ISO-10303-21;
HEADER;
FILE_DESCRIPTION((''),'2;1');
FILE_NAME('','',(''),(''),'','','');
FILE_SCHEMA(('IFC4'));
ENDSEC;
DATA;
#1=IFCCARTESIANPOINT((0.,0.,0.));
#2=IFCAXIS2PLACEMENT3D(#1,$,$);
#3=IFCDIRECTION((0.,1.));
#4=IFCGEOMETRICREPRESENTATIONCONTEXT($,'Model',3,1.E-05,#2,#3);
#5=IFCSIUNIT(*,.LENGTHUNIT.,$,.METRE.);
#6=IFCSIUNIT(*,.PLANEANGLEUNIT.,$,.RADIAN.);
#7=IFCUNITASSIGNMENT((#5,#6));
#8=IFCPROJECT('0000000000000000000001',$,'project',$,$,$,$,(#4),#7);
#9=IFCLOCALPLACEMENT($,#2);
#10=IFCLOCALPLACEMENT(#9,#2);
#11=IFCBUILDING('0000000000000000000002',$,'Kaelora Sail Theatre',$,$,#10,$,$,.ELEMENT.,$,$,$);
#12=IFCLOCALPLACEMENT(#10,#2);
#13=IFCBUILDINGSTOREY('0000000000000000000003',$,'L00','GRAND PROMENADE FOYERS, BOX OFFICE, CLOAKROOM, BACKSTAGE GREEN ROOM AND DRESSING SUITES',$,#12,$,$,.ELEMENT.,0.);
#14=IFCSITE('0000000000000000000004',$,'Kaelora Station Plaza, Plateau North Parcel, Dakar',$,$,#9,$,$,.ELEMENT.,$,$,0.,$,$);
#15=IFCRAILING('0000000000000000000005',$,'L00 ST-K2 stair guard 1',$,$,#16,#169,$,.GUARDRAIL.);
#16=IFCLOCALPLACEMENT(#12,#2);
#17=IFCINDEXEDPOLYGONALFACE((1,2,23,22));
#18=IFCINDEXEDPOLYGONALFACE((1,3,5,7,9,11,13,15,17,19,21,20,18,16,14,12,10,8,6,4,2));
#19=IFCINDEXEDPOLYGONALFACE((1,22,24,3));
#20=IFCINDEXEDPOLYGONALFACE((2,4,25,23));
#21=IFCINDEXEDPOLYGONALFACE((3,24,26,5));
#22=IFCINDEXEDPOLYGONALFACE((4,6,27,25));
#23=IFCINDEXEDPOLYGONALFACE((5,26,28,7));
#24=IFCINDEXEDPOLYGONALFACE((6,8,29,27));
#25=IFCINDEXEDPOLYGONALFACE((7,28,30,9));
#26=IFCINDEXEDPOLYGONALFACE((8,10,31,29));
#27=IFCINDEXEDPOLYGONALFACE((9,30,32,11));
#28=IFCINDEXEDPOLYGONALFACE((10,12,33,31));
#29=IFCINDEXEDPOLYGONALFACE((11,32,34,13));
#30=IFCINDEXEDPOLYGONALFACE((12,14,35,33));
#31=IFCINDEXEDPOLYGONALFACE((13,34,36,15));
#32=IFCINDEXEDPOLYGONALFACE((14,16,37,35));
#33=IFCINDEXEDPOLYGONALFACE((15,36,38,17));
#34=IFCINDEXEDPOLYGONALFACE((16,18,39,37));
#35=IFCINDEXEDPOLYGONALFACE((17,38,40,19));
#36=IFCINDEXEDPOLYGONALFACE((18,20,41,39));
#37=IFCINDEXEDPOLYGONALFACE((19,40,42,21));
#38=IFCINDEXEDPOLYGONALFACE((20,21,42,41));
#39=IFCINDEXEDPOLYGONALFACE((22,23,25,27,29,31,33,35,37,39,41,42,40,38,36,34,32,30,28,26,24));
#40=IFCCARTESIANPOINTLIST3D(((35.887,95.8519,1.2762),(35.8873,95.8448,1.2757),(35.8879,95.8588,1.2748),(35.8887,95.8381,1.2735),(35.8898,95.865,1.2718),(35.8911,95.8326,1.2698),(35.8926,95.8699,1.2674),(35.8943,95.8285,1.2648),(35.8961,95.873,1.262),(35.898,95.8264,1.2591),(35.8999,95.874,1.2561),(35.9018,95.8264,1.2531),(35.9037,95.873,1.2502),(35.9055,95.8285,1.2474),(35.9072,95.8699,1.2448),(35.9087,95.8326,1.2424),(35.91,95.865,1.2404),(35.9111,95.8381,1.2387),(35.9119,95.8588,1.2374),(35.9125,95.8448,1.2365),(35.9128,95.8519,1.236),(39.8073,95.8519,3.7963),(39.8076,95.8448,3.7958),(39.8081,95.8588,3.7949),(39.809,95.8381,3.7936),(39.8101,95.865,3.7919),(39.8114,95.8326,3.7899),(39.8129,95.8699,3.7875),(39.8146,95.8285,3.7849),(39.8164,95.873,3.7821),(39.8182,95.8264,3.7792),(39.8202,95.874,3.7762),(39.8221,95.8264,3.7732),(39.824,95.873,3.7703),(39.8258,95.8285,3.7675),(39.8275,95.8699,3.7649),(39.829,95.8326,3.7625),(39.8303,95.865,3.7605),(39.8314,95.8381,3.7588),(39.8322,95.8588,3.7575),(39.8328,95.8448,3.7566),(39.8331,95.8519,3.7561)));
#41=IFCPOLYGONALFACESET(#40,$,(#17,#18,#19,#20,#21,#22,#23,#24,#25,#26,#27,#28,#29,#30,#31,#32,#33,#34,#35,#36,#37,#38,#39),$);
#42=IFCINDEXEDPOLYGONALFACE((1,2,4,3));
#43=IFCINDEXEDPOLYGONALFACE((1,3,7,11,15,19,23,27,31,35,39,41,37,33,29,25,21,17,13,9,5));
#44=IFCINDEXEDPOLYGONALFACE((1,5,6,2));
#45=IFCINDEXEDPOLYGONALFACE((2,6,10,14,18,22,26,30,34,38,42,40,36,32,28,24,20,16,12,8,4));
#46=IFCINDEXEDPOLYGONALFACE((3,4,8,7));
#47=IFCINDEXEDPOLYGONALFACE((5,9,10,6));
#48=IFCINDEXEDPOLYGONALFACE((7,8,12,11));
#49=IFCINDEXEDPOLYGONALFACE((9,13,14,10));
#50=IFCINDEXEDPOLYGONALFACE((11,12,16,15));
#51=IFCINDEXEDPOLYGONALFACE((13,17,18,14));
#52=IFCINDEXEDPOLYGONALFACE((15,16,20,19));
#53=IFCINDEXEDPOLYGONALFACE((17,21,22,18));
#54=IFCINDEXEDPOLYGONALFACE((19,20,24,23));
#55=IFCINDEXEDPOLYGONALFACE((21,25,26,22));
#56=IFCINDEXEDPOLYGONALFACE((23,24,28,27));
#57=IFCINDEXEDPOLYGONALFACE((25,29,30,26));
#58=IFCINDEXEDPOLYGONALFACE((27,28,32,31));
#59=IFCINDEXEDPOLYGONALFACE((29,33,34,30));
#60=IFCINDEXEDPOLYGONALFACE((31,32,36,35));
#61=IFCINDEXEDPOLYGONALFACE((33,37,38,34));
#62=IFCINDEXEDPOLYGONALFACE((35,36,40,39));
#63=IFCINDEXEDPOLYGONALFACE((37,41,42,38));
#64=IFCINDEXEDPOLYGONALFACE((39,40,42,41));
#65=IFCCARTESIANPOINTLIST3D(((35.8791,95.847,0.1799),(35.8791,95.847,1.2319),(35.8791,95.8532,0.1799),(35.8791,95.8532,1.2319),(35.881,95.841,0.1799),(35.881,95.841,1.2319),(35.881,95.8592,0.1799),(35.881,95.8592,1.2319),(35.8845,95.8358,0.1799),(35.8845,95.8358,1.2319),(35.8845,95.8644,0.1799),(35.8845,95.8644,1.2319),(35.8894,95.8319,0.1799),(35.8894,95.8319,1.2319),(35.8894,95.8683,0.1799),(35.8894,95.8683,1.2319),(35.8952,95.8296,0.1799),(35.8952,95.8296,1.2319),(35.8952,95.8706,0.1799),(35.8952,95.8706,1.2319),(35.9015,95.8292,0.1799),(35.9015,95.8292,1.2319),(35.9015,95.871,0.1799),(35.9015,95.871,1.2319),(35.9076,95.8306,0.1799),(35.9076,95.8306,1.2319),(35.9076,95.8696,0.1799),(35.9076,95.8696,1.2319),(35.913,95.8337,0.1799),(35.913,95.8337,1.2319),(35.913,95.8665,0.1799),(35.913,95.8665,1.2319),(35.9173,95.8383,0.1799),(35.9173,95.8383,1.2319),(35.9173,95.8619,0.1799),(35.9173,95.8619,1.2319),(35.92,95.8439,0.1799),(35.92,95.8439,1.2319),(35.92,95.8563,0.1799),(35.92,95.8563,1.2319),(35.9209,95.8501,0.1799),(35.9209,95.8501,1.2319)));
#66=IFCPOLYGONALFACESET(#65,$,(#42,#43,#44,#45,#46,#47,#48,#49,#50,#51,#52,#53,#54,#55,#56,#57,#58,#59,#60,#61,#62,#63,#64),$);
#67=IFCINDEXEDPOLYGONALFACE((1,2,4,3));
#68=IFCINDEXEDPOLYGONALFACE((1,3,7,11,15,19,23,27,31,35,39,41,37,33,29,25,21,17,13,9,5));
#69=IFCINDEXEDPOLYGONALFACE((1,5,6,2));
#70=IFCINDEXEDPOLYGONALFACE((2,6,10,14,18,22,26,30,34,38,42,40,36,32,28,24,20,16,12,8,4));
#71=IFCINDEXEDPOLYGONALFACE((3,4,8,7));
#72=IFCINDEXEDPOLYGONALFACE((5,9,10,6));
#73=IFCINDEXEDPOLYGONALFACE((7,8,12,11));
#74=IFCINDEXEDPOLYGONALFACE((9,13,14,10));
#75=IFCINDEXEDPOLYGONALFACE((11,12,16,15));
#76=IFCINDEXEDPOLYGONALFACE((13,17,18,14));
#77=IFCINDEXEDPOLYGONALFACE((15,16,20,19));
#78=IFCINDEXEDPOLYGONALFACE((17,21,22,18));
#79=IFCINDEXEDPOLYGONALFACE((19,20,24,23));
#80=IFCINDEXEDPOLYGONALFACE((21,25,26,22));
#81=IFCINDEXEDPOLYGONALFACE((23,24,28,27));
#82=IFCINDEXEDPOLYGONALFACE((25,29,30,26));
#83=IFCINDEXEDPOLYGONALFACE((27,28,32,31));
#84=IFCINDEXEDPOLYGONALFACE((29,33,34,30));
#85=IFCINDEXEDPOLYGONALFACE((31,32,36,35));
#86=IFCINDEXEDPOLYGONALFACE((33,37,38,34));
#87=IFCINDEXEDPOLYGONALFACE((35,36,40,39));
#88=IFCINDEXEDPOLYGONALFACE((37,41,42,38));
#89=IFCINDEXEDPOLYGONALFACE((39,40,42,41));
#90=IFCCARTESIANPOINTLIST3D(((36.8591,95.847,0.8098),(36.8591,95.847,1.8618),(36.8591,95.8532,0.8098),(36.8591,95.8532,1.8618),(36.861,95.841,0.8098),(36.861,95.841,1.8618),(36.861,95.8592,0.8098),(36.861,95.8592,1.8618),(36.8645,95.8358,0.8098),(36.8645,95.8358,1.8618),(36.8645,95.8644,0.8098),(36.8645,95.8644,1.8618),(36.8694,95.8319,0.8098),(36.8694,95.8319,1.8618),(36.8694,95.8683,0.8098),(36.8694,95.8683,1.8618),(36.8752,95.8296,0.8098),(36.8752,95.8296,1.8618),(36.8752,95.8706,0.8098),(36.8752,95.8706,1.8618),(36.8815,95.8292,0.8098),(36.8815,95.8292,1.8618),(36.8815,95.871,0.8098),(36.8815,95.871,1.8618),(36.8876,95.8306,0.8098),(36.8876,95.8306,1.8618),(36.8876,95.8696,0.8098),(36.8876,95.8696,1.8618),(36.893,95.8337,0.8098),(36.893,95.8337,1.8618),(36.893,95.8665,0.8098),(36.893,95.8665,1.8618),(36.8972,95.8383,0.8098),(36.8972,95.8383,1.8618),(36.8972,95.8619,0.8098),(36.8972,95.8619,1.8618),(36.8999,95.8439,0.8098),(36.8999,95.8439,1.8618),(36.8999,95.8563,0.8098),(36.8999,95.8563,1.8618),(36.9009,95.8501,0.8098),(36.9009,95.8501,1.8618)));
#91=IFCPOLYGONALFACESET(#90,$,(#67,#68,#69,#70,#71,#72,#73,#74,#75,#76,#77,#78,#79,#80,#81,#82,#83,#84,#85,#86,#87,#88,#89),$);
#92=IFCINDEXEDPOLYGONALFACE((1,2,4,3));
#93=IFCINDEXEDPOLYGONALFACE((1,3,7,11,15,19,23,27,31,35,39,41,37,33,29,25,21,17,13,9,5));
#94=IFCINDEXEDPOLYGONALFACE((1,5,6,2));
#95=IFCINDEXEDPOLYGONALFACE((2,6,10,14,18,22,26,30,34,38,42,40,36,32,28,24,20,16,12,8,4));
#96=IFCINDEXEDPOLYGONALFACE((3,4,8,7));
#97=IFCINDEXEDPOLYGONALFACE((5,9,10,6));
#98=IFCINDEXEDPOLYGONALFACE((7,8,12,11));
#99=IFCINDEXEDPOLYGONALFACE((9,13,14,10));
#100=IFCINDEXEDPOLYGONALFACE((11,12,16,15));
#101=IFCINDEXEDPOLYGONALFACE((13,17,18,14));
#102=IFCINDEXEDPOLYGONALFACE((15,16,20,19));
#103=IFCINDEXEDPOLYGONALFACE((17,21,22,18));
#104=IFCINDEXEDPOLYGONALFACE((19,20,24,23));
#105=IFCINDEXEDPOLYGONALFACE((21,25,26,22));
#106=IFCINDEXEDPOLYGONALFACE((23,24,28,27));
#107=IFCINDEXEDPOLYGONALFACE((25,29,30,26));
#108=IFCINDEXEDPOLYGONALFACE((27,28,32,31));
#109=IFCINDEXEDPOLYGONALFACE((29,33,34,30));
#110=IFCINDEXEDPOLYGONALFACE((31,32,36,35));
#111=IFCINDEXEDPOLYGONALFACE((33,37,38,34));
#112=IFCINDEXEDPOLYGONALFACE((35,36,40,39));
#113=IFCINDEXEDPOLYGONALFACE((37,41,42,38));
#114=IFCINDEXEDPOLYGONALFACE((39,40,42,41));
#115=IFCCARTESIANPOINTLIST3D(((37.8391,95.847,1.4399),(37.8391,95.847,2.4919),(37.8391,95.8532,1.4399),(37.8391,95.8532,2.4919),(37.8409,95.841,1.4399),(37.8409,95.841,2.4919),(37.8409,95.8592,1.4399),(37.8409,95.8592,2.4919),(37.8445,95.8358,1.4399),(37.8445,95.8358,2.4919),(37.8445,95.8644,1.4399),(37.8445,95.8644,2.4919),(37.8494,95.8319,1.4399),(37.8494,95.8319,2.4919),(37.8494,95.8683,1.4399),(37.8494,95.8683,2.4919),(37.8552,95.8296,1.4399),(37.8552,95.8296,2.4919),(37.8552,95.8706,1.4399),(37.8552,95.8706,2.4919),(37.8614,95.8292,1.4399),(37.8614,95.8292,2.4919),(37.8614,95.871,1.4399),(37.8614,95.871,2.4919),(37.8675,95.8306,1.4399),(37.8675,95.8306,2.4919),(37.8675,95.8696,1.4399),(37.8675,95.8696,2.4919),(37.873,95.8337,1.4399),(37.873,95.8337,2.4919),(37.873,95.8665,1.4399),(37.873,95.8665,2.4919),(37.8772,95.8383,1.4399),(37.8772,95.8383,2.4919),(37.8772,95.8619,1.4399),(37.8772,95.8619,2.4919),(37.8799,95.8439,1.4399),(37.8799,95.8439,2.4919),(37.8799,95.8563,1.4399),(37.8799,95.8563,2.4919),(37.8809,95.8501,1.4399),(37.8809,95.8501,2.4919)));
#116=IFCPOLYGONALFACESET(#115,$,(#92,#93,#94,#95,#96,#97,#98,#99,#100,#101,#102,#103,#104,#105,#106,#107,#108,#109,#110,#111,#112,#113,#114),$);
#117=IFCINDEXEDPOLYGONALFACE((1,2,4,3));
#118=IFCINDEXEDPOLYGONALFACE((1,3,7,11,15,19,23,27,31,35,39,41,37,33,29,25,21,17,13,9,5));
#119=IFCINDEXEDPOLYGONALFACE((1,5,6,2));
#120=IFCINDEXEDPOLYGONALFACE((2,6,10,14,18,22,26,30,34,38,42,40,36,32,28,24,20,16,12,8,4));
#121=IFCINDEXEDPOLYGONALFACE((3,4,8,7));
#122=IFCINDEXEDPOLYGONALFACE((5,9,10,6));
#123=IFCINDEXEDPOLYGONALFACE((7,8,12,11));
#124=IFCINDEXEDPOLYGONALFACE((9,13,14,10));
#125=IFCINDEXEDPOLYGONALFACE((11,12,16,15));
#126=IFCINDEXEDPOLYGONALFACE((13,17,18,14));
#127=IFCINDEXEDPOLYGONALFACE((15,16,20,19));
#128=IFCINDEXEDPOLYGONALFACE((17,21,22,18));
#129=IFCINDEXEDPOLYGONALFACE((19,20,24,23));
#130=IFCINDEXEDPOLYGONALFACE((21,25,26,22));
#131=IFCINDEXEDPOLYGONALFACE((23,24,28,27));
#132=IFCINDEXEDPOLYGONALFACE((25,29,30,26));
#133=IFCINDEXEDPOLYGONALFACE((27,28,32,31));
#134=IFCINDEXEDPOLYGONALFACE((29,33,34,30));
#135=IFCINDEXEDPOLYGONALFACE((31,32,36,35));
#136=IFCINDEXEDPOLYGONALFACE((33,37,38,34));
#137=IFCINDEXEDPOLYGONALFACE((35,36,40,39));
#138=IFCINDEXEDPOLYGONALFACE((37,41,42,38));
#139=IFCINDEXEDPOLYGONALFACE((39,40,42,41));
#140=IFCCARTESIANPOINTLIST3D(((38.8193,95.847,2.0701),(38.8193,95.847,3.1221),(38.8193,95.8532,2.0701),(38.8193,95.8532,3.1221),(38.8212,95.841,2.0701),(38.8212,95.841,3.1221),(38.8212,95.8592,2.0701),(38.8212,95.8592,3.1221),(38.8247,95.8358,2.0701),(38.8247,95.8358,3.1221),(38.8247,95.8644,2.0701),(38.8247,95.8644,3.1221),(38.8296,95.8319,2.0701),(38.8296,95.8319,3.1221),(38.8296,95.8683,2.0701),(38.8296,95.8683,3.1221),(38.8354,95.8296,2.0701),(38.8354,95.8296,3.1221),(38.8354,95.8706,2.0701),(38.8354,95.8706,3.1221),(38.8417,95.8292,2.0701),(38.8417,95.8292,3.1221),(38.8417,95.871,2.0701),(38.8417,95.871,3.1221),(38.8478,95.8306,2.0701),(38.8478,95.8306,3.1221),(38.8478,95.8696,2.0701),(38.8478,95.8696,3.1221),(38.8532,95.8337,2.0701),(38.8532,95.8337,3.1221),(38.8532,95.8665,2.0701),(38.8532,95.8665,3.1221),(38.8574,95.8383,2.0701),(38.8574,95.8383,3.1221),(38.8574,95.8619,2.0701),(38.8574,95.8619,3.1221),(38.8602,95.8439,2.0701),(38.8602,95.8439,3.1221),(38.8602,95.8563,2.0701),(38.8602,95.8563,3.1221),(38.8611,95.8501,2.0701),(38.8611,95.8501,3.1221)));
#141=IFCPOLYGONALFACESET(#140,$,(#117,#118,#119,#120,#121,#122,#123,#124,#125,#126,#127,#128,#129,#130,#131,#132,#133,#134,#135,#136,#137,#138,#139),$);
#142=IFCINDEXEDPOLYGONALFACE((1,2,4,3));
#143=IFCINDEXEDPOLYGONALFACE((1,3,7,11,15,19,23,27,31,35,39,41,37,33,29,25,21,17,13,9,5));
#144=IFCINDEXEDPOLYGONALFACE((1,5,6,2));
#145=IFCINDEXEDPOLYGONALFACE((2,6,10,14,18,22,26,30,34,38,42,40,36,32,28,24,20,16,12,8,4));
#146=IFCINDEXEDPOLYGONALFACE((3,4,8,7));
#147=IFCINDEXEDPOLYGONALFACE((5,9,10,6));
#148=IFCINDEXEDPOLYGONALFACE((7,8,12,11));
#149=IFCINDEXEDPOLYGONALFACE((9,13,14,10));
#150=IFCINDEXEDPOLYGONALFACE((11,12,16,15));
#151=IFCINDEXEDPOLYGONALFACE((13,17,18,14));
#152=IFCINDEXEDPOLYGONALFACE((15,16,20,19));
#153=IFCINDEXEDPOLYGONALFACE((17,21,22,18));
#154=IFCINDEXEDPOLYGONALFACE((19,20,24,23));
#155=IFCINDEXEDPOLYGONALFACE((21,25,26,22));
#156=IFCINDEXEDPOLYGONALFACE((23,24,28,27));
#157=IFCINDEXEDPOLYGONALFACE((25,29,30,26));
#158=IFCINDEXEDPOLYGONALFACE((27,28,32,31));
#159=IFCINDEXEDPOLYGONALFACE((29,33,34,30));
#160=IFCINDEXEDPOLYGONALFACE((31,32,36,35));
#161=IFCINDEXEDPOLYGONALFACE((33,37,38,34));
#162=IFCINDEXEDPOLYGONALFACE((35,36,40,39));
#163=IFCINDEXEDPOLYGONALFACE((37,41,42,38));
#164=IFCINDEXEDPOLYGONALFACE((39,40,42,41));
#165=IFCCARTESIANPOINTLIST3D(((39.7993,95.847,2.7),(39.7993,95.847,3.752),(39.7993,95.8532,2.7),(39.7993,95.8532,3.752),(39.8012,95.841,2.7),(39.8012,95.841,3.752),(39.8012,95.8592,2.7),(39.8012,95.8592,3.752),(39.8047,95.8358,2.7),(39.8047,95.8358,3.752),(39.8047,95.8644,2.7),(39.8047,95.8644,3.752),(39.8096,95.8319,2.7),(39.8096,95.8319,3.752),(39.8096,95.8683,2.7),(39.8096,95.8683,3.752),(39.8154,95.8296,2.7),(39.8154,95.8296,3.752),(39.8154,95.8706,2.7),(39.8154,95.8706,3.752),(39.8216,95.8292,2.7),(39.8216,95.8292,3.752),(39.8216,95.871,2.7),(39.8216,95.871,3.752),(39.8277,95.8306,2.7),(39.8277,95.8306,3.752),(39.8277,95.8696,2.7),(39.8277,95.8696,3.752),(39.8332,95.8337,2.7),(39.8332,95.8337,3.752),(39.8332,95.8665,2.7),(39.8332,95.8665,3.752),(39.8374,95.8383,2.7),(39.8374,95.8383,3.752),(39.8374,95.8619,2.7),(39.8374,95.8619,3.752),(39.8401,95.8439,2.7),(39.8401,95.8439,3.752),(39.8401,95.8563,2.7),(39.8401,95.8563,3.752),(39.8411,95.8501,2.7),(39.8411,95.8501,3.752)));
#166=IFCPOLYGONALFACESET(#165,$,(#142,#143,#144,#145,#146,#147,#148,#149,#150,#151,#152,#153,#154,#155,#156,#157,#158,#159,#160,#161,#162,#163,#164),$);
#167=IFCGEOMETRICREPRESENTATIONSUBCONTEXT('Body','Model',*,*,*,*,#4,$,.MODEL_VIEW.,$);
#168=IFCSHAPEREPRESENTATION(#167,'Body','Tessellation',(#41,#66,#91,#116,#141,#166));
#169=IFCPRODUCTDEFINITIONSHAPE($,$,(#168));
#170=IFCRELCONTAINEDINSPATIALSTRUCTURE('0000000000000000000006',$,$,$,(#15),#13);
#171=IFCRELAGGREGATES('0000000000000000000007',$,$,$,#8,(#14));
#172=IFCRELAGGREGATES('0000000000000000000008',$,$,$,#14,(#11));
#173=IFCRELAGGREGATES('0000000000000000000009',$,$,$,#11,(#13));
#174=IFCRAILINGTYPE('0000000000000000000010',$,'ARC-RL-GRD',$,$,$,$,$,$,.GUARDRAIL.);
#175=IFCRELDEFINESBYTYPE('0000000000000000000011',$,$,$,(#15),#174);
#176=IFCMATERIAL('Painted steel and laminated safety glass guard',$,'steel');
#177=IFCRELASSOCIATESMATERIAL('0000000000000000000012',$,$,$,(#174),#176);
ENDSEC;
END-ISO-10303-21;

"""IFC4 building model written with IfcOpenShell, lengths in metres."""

from ifc_helpers import new_model, si_unit, direction, frame, origin, origin_2d, place, context, subcontext, project, spatial, circle, extrude, material, type_object, element, save


model = new_model("IFC4")

# Units and contexts
model_context = context("Model", 3, precision=1e-05, world=origin(), true_north=direction((0.0, 1.0)))
body_context = subcontext(model_context, "Body", "Model", "MODEL_VIEW")
ifc_project = project(units=[si_unit("LENGTHUNIT", "METRE"), si_unit("PLANEANGLEUNIT", "RADIAN")], contexts=[model_context])

# Site, building, storey
site_placement = place(None, origin())
site = spatial("IfcSite", under=ifc_project, at=site_placement, Name="Kaelora Station Plaza, Plateau North Parcel, Dakar", CompositionType="ELEMENT", RefElevation=0.0)
building_placement = place(site_placement, origin())
building = spatial("IfcBuilding", under=site, at=building_placement, Name="Kaelora Sail Theatre", CompositionType="ELEMENT")
storey_placement = place(building_placement, origin())
storey = spatial("IfcBuildingStorey", under=building, at=storey_placement, Name="L00", Description="GRAND PROMENADE FOYERS, BOX OFFICE, CLOAKROOM, BACKSTAGE GREEN ROOM AND DRESSING SUITES", CompositionType="ELEMENT", Elevation=0.0)

# Railing
ifc_material_1 = material(Name="Painted steel and laminated safety glass guard", Category="steel")
railing_type_1 = type_object("IfcRailingType", Name="ARC-RL-GRD", PredefinedType="GUARDRAIL", material=ifc_material_1)
railing_1_placement = place(storey_placement, frame((35.8999, 95.8501, 0.1799)))
element("IfcRailing", 1, at=railing_1_placement, inside=storey, type_object=railing_type_1, Name="L00 ST-K2 stair guard 1", PredefinedType="GUARDRAIL", context=body_context, shape_type="SweptSolid", body=[
    extrude(circle(Radius=0.0239, at=origin_2d()), frame((0.0, 0.0, 1.0762), z_axis=(0.841187, 0.0, 0.540744), x_axis=(0.0, 1.0, 0.0)), (0.0, 0.0, 1.0), 4.6604),
    extrude(circle(Radius=0.021, at=origin_2d()), origin(), (0.0, 0.0, 1.0), 1.052),
    extrude(circle(Radius=0.021, at=origin_2d()), frame((0.98, 0.0, 0.6299)), (0.0, 0.0, 1.0), 1.052),
    extrude(circle(Radius=0.021, at=origin_2d()), frame((1.96, 0.0, 1.26)), (0.0, 0.0, 1.0), 1.052),
    extrude(circle(Radius=0.021, at=origin_2d()), frame((2.9402, 0.0, 1.8901)), (0.0, 0.0, 1.0), 1.052),
    extrude(circle(Radius=0.021, at=origin_2d()), frame((3.9202, 0.0, 2.52)), (0.0, 0.0, 1.0), 1.052),
])

save(model, "model.ifc")
